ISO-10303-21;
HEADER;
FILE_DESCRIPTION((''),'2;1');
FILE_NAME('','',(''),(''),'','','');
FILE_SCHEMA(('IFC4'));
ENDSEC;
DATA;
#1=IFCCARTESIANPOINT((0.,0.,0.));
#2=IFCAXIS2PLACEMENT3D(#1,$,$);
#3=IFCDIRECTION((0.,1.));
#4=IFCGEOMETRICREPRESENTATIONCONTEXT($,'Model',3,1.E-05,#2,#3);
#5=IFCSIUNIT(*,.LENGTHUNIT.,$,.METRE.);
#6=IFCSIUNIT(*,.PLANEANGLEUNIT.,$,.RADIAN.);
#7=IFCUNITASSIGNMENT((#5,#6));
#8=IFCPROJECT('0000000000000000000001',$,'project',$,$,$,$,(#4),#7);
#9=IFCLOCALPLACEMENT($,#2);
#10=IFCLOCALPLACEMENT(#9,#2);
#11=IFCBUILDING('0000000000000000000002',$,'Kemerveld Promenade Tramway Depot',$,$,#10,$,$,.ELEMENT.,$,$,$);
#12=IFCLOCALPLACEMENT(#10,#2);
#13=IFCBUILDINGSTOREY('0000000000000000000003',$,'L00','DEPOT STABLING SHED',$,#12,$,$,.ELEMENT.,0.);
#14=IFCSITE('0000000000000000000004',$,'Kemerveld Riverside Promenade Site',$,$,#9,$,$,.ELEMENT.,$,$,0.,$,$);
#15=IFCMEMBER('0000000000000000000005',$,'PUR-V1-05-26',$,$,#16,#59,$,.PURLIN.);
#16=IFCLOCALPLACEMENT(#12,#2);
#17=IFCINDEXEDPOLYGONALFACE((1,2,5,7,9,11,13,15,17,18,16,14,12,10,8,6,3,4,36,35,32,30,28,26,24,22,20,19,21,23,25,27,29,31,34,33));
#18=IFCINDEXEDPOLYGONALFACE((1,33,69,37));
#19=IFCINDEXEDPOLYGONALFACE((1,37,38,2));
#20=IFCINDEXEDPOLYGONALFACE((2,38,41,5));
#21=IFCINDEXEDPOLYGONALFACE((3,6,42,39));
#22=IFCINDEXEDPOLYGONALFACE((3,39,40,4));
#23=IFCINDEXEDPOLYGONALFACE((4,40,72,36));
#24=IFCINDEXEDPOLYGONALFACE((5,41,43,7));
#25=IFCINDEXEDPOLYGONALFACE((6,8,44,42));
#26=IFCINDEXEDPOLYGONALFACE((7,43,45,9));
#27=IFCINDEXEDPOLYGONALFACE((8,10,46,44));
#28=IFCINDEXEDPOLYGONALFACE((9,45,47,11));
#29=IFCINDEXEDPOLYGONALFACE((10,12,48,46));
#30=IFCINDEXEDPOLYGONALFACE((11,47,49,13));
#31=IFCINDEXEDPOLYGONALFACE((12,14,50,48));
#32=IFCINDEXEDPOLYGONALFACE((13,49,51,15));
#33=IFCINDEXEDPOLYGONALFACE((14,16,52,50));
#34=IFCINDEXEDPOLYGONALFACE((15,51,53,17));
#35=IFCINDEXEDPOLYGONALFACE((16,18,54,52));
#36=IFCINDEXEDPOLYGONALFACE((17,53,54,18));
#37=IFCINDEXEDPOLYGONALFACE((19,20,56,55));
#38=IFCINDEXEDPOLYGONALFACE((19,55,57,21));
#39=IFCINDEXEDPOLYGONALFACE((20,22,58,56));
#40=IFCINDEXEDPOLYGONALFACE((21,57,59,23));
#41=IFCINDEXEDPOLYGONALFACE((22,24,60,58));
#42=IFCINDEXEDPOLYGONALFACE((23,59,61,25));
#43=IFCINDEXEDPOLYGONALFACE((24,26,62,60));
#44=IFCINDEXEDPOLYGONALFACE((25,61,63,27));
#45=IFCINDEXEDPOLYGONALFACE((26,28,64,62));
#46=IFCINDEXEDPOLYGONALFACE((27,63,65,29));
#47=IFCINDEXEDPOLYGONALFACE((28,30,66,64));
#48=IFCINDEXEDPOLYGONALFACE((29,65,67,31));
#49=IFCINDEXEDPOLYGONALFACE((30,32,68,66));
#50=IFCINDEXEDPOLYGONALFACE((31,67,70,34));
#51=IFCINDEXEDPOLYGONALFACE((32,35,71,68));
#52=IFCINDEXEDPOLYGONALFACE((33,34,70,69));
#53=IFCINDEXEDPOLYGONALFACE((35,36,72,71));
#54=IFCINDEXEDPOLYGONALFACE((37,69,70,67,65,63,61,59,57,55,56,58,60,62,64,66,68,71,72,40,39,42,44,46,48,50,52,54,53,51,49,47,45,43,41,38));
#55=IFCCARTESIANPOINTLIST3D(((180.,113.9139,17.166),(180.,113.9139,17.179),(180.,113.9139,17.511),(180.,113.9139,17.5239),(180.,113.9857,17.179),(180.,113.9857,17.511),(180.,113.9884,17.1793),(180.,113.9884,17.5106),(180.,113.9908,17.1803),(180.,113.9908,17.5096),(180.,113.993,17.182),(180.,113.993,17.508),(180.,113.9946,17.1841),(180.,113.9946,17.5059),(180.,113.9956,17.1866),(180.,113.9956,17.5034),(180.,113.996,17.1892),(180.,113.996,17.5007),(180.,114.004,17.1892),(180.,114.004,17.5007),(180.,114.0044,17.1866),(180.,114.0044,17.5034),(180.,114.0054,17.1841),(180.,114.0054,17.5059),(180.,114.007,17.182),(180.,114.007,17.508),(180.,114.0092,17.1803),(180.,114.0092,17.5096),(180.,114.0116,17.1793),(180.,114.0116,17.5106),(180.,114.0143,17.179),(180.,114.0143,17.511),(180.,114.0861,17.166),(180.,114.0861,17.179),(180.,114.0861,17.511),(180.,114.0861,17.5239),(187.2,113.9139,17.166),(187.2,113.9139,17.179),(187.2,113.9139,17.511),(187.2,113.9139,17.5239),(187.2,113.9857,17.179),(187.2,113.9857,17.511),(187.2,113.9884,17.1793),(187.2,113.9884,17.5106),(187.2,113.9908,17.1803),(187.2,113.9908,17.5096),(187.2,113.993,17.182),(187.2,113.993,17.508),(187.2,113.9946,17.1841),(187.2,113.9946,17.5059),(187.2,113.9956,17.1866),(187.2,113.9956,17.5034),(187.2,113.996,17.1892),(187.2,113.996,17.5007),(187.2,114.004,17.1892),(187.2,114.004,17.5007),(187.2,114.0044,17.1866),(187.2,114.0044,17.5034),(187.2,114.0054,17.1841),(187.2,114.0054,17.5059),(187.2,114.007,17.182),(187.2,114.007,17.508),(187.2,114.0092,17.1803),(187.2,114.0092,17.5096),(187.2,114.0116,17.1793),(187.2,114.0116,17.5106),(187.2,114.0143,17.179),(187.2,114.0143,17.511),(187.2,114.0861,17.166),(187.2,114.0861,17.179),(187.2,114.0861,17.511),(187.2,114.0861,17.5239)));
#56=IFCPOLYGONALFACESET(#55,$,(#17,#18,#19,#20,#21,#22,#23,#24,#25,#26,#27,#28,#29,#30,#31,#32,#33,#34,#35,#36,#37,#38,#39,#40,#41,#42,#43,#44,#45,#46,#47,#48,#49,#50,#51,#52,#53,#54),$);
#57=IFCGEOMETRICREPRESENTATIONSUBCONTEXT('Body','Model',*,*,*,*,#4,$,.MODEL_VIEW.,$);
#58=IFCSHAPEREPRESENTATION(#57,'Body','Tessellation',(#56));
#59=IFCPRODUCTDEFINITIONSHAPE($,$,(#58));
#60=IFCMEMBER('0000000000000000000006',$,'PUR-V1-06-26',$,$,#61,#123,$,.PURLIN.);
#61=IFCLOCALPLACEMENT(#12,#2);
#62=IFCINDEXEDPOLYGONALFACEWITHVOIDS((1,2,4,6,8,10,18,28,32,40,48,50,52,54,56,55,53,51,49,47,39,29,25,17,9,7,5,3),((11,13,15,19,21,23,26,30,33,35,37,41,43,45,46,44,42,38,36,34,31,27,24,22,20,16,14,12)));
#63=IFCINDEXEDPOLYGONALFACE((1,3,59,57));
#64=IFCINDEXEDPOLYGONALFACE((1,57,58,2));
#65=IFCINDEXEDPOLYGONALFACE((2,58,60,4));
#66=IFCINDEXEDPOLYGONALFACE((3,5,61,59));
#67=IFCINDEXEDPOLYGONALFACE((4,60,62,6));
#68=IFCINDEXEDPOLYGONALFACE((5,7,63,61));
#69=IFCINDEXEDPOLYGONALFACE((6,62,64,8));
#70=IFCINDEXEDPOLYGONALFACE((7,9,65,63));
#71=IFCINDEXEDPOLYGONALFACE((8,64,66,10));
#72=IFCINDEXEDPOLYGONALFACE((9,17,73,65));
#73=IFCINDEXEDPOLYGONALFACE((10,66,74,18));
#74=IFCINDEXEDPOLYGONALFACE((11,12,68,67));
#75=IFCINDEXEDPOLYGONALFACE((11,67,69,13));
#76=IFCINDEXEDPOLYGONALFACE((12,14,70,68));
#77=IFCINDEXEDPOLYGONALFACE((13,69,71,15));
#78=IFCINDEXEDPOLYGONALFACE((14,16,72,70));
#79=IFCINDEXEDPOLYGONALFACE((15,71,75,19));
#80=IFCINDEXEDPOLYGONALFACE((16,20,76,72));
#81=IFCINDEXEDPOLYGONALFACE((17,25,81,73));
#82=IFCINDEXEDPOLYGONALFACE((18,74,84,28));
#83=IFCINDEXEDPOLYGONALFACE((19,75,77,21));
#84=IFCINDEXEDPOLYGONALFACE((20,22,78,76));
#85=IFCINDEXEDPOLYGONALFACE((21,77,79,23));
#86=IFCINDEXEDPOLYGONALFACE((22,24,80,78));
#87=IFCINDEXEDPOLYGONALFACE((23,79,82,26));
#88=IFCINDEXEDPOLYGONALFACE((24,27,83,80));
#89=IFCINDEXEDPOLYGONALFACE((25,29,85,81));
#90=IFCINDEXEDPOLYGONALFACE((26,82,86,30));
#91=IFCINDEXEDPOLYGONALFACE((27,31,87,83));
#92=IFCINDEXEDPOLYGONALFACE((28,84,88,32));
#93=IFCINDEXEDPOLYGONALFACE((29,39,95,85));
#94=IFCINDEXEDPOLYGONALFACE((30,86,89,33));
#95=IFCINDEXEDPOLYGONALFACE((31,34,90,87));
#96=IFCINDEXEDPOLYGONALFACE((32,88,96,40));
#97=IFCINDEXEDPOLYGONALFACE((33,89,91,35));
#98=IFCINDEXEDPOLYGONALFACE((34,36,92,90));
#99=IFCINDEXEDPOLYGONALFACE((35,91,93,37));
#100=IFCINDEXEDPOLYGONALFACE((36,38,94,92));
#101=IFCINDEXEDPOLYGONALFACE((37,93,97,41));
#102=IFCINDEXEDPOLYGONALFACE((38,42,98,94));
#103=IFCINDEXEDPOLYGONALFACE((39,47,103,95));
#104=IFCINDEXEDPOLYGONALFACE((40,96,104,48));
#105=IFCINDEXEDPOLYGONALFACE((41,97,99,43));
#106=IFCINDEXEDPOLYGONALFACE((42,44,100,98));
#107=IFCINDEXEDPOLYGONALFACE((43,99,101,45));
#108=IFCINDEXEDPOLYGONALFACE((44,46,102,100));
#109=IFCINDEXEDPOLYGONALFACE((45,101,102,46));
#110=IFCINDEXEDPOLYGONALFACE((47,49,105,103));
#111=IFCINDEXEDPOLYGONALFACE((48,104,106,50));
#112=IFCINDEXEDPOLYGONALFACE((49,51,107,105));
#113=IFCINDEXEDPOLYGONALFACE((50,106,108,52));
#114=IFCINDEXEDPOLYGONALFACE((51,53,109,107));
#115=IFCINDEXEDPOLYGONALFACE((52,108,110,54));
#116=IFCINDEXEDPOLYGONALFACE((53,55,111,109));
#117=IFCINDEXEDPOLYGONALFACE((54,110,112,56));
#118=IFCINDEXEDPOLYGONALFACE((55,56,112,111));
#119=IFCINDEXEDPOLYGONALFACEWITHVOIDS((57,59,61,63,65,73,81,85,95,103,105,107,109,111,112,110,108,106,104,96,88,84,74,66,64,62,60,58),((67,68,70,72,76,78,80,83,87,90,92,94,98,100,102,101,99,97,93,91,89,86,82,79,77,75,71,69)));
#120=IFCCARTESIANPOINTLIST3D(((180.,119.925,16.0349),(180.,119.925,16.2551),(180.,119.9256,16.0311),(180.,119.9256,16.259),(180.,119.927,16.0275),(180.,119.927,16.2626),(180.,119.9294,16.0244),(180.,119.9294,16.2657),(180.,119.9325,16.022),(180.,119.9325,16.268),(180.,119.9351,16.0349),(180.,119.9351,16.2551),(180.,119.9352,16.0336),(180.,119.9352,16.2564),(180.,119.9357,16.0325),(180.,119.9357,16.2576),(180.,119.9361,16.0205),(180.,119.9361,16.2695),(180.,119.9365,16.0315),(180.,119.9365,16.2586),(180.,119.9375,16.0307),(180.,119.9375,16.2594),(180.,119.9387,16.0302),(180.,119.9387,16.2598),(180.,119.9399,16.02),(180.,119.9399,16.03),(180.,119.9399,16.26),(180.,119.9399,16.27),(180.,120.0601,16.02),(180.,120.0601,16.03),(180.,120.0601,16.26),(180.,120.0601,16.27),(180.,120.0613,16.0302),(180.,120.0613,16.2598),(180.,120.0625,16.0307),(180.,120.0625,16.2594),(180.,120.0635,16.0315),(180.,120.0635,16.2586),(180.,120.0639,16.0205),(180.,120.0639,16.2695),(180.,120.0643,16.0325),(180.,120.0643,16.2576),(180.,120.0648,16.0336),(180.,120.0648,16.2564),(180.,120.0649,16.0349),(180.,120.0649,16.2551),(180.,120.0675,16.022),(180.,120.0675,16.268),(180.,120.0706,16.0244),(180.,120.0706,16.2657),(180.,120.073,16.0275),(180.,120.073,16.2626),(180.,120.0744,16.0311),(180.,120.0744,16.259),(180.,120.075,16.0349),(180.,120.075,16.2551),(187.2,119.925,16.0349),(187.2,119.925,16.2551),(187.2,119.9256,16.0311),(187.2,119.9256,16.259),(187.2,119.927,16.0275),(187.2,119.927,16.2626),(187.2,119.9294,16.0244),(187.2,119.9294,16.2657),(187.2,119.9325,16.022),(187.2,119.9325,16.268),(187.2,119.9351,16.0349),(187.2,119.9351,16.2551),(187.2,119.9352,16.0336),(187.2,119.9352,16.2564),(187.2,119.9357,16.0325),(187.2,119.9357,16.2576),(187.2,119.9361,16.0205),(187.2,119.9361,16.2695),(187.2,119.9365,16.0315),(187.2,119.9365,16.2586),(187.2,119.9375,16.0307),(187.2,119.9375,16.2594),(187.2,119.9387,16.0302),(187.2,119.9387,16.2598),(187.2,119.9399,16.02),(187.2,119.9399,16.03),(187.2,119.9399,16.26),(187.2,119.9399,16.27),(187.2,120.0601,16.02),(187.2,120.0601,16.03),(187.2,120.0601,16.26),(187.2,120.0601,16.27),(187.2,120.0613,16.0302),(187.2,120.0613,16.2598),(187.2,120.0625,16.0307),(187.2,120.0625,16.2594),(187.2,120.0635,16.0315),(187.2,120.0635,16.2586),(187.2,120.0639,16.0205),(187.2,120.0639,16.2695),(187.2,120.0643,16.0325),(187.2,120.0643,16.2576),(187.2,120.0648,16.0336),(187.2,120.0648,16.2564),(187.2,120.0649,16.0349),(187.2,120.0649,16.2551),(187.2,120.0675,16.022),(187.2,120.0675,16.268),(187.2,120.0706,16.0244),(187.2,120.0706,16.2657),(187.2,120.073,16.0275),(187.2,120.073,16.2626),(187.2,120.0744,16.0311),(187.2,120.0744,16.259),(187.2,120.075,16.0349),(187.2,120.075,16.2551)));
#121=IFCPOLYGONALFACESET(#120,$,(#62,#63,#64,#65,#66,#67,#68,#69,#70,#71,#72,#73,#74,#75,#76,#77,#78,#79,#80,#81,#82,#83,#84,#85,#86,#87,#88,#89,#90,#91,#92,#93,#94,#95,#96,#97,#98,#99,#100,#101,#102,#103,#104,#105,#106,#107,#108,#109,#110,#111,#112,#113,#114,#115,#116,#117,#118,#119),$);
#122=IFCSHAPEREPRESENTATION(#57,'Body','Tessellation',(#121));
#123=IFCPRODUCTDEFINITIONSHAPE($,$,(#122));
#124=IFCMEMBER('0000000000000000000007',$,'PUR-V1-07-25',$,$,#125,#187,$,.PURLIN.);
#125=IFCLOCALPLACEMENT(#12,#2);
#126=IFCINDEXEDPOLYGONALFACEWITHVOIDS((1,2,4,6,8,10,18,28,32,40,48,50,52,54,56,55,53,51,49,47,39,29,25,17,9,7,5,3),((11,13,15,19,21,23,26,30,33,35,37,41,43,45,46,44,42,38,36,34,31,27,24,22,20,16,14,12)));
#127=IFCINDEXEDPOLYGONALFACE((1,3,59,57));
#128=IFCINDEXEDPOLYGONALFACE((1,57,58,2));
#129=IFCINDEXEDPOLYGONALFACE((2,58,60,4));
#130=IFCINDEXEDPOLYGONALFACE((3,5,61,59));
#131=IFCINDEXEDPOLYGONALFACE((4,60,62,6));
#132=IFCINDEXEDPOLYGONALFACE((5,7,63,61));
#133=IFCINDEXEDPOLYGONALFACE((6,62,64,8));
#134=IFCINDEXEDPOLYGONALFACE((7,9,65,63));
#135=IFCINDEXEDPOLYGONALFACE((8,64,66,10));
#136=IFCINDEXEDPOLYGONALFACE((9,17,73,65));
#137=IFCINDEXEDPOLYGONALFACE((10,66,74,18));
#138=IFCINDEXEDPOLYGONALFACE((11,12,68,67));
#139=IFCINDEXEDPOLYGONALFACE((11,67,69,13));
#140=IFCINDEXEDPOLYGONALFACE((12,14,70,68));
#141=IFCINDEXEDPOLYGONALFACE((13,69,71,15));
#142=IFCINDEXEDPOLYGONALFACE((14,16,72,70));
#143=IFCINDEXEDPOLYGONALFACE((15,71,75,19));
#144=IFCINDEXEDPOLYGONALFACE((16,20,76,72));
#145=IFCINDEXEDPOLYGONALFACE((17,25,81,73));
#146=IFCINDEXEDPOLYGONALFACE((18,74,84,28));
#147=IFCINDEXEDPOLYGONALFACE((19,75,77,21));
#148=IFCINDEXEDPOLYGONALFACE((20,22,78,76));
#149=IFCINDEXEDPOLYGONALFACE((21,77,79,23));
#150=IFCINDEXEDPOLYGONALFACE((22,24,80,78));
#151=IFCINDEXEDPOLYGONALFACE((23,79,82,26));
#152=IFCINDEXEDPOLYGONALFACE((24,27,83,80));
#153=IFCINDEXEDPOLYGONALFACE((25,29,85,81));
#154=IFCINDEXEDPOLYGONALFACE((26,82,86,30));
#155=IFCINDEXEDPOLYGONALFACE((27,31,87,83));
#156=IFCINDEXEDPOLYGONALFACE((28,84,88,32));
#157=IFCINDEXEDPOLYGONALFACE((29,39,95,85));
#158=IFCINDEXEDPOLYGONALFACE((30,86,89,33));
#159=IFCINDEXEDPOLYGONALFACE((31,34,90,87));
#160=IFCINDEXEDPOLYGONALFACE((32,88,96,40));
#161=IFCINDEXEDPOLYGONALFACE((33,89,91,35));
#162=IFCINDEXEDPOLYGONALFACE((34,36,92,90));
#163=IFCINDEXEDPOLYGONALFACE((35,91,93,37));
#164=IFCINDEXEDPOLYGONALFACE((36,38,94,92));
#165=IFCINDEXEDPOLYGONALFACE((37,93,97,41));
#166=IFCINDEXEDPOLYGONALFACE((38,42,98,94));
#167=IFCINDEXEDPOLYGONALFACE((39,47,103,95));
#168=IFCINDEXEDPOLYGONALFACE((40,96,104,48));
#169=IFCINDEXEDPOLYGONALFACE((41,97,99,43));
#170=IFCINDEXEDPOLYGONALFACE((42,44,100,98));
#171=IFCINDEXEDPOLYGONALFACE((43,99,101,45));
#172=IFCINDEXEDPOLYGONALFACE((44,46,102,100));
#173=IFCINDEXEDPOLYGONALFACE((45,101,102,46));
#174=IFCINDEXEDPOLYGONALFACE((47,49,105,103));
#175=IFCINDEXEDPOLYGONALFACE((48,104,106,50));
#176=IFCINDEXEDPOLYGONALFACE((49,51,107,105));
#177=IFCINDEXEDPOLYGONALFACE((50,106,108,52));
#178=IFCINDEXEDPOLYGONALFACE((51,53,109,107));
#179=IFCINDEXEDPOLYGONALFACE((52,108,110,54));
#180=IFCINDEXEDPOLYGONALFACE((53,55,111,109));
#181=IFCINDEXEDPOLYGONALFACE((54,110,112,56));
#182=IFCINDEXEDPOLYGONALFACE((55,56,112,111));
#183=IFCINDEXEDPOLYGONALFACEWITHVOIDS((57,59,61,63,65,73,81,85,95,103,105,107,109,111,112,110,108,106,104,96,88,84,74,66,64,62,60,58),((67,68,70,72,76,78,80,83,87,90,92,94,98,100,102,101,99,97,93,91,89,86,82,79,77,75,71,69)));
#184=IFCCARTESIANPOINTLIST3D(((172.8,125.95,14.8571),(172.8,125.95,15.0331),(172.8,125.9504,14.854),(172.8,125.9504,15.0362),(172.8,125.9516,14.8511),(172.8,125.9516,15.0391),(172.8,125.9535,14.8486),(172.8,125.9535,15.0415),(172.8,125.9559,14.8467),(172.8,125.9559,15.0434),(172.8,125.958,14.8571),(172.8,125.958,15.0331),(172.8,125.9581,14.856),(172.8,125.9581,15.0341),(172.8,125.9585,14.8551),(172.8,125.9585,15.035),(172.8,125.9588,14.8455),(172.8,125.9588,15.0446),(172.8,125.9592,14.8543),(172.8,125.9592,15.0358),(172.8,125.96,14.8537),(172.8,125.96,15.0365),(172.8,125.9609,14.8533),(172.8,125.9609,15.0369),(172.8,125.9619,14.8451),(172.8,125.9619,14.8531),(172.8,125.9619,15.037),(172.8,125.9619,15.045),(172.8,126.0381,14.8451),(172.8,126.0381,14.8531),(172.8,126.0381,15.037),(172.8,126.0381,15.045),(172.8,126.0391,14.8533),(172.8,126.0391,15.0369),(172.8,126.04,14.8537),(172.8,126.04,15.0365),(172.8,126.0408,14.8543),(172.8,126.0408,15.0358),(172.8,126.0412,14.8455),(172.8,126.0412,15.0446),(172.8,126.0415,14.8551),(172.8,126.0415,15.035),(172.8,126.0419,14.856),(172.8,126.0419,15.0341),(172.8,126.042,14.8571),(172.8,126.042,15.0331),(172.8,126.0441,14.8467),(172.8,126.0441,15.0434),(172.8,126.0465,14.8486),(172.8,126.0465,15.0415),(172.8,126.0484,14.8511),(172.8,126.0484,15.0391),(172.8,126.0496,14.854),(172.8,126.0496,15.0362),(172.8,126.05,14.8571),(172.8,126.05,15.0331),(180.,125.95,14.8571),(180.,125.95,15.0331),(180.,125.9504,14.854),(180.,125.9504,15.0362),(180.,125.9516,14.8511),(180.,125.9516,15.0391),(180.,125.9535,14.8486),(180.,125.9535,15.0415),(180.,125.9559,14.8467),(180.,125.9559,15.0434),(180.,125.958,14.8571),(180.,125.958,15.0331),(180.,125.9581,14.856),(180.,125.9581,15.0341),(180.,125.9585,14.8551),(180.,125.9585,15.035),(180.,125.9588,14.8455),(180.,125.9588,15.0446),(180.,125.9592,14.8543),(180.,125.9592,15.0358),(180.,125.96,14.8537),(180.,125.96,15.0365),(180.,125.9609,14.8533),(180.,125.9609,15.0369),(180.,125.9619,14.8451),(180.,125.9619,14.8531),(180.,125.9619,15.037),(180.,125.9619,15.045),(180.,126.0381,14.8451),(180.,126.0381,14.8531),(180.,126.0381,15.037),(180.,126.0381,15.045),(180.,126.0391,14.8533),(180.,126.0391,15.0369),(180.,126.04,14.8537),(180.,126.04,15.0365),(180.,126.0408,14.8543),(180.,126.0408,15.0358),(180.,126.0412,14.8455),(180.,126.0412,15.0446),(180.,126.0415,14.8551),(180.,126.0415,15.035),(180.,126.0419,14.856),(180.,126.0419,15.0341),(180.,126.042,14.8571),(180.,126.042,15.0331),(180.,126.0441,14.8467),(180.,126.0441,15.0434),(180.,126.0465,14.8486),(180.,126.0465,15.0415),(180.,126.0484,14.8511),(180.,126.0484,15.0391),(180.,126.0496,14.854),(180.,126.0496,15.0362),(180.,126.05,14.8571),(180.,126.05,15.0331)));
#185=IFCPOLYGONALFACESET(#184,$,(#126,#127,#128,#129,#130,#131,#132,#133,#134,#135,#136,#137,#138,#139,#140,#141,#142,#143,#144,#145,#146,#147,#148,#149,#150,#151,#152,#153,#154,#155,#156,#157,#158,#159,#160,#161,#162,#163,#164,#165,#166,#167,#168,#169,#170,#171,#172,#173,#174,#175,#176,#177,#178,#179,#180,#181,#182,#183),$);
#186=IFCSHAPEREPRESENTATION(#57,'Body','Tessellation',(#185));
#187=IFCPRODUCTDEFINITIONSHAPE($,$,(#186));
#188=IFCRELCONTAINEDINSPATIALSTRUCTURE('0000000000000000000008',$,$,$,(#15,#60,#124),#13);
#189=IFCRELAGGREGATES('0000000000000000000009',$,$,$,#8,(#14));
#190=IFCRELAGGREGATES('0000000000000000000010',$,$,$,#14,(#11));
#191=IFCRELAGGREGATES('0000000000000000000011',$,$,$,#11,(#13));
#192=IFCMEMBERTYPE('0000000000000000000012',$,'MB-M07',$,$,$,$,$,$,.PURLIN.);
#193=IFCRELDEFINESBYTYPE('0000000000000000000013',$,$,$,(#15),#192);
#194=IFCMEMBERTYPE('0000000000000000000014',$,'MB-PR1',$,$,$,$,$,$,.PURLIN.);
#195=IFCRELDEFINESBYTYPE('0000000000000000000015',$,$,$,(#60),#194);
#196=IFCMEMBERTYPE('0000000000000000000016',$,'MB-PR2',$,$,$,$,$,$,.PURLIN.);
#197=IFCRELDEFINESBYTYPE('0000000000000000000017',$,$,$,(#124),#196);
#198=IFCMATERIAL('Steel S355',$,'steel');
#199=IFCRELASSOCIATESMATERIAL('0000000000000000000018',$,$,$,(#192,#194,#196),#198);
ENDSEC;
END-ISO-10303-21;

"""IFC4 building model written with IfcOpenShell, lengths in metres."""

from ifc_helpers import new_model, si_unit, direction, frame, origin, origin_2d, place, context, subcontext, project, spatial, hollow_rectangle, i_section, extrude, material, material_profile, profile_set, type_object, element, save


model = new_model("IFC4")

# Units and contexts
model_context = context("Model", 3, precision=1e-05, world=origin(), true_north=direction((0.0, 1.0)))
body_context = subcontext(model_context, "Body", "Model", "MODEL_VIEW")
ifc_project = project(units=[si_unit("LENGTHUNIT", "METRE"), si_unit("PLANEANGLEUNIT", "RADIAN")], contexts=[model_context])

# Site, building, storey
site_placement = place(None, origin())
site = spatial("IfcSite", under=ifc_project, at=site_placement, Name="Kemerveld Riverside Promenade Site", CompositionType="ELEMENT", RefElevation=0.0)
building_placement = place(site_placement, origin())
building = spatial("IfcBuilding", under=site, at=building_placement, Name="Kemerveld Promenade Tramway Depot", CompositionType="ELEMENT")
storey_placement = place(building_placement, origin())
storey = spatial("IfcBuildingStorey", under=building, at=storey_placement, Name="L00", Description="DEPOT STABLING SHED", CompositionType="ELEMENT", Elevation=0.0)

# Members
ifc_material = material(Name="Steel S355", Category="steel")
ifc_material_profile_1 = material_profile(ifc_material, i_section(OverallWidth=0.1721, OverallDepth=0.3579, WebThickness=0.0081, FlangeThickness=0.0129, FilletRadius=0.0103, at=origin_2d()), Name="356x171x57 UB")
ifc_profile_set_1 = profile_set([ifc_material_profile_1], Name="Steel S355")
member_type_1 = type_object("IfcMemberType", Name="MB-M07", PredefinedType="PURLIN", material=ifc_profile_set_1)
member_1_placement = place(storey_placement, frame((180.0, 114.0, 17.345), z_axis=(1.0, 0.0, 0.0), x_axis=(0.0, 1.0, 0.0)))
element("IfcMember", 1, at=member_1_placement, inside=storey, type_object=member_type_1, Name="PUR-V1-05-26", PredefinedType="PURLIN", context=body_context, shape_type="SweptSolid", body=[
    extrude(i_section(OverallWidth=0.1721, OverallDepth=0.3579, WebThickness=0.0081, FlangeThickness=0.0129, FilletRadius=0.0103, at=origin_2d()), origin(), (0.0, 0.0, 1.0), 7.2),
])
ifc_material_profile_2 = material_profile(ifc_material, hollow_rectangle(XDim=0.1499, YDim=0.25, WallThickness=0.01, InnerFilletRadius=0.0049, OuterFilletRadius=0.0149, at=origin_2d()), Name="250x150x10.0 RHS")
ifc_profile_set_2 = profile_set([ifc_material_profile_2], Name="Steel S355")
member_type_2 = type_object("IfcMemberType", Name="MB-PR1", PredefinedType="PURLIN", material=ifc_profile_set_2)
member_2_placement = place(storey_placement, frame((180.0, 120.0, 16.145), z_axis=(1.0, 0.0, 0.0), x_axis=(0.0, 1.0, 0.0)))
element("IfcMember", 2, at=member_2_placement, inside=storey, type_object=member_type_2, Name="PUR-V1-06-26", PredefinedType="PURLIN", context=body_context, shape_type="SweptSolid", body=[
    extrude(hollow_rectangle(XDim=0.1499, YDim=0.25, WallThickness=0.01, InnerFilletRadius=0.0049, OuterFilletRadius=0.0149, at=origin_2d()), origin(), (0.0, 0.0, 1.0), 7.2),
])
ifc_material_profile_3 = material_profile(ifc_material, hollow_rectangle(XDim=0.1001, YDim=0.2, WallThickness=0.0081, InnerFilletRadius=0.0039, OuterFilletRadius=0.012, at=origin_2d()), Name="200x100x8.0 RHS")
ifc_profile_set_3 = profile_set([ifc_material_profile_3], Name="Steel S355")
member_type_3 = type_object("IfcMemberType", Name="MB-PR2", PredefinedType="PURLIN", material=ifc_profile_set_3)
for number, where, z_axis, x_axis, name in (
    (3, (172.8, 126.0, 14.9451), (1.0, 0.0, 0.0), (0.0, 1.0, 0.0), "PUR-V1-07-25"),
):
    element("IfcMember", number, at=place(storey_placement, frame(where, z_axis=z_axis, x_axis=x_axis)), inside=storey, type_object=member_type_3, Name=name, PredefinedType="PURLIN", context=body_context, shape_type="SweptSolid", body=[
        extrude(hollow_rectangle(XDim=0.1001, YDim=0.2, WallThickness=0.0081, InnerFilletRadius=0.0039, OuterFilletRadius=0.012, at=origin_2d()), origin(), (0.0, 0.0, 1.0), 7.2),
    ])

save(model, "model.ifc")
